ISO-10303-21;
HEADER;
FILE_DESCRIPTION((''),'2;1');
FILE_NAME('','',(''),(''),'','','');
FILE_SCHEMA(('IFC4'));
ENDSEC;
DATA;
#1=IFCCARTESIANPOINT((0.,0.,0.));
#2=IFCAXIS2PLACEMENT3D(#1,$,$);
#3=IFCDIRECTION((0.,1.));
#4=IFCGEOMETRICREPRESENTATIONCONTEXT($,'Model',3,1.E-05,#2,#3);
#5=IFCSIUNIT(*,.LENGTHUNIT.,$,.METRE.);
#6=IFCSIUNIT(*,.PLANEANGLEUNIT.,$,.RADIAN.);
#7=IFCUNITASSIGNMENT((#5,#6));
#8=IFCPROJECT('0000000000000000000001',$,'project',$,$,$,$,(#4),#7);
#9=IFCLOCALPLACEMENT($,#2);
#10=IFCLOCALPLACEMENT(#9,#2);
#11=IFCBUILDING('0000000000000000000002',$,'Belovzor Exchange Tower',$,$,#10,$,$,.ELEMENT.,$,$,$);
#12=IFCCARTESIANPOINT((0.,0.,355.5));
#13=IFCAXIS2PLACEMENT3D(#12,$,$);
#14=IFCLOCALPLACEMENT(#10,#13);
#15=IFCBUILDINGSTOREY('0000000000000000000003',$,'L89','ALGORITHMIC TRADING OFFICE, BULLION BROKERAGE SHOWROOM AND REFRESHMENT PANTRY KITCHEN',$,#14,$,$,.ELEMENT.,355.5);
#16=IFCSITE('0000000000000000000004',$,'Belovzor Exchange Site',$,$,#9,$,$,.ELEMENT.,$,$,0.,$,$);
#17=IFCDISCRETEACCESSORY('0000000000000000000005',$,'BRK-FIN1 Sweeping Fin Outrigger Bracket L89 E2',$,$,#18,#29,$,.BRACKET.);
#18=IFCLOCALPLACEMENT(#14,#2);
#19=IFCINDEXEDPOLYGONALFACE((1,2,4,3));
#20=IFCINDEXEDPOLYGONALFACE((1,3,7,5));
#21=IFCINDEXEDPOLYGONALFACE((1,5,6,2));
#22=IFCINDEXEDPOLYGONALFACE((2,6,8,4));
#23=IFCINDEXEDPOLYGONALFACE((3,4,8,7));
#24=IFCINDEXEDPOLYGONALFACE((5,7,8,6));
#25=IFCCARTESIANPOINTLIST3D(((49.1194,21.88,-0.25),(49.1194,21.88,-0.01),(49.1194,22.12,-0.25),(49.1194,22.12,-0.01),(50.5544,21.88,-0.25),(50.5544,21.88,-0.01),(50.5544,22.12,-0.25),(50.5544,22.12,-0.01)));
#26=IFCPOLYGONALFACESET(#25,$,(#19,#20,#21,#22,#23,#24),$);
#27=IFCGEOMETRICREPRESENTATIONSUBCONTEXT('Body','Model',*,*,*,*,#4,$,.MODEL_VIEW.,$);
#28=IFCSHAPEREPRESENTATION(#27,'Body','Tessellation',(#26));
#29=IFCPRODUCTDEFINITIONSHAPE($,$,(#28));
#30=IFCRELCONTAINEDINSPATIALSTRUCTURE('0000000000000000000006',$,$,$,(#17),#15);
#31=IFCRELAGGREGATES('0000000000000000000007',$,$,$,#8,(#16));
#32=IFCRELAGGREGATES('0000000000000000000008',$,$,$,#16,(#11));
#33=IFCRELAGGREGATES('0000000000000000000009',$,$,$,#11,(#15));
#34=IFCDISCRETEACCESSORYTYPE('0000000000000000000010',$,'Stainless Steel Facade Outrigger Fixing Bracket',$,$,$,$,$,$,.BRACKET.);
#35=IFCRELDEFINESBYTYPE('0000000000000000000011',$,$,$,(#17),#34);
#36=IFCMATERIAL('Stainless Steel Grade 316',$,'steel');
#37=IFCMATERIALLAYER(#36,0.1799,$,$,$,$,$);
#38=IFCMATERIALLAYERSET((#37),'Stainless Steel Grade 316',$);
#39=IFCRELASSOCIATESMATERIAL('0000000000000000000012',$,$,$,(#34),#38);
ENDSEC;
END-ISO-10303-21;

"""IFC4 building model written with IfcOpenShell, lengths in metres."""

from ifc_helpers import new_model, si_unit, direction, frame, origin, origin_2d, place, context, subcontext, project, spatial, rectangle, extrude, material, layer, layer_set, type_object, element, save


model = new_model("IFC4")

# Units and contexts
model_context = context("Model", 3, precision=1e-05, world=origin(), true_north=direction((0.0, 1.0)))
body_context = subcontext(model_context, "Body", "Model", "MODEL_VIEW")
ifc_project = project(units=[si_unit("LENGTHUNIT", "METRE"), si_unit("PLANEANGLEUNIT", "RADIAN")], contexts=[model_context])

# Site, building, storey
site_placement = place(None, origin())
site = spatial("IfcSite", under=ifc_project, at=site_placement, Name="Belovzor Exchange Site", CompositionType="ELEMENT", RefElevation=0.0)
building_placement = place(site_placement, origin())
building = spatial("IfcBuilding", under=site, at=building_placement, Name="Belovzor Exchange Tower", CompositionType="ELEMENT")
storey_placement = place(building_placement, frame((0.0, 0.0, 355.5)))
storey = spatial("IfcBuildingStorey", under=building, at=storey_placement, Name="L89", Description="ALGORITHMIC TRADING OFFICE, BULLION BROKERAGE SHOWROOM AND REFRESHMENT PANTRY KITCHEN", CompositionType="ELEMENT", Elevation=355.5)

# Discrete accessory
ifc_material_1 = material(Name="Stainless Steel Grade 316", Category="steel")
ifc_layer_1 = layer(ifc_material_1, 0.1799)
ifc_layer_set_1 = layer_set([ifc_layer_1], Name="Stainless Steel Grade 316")
discrete_accessory_type = type_object("IfcDiscreteAccessoryType", Name="Stainless Steel Facade Outrigger Fixing Bracket", PredefinedType="BRACKET", material=ifc_layer_set_1)
discrete_accessory_placement = place(storey_placement, frame((49.8369, 22.0, -0.25), z_axis=(0.0, 0.0, 1.0), x_axis=(1.0, 0.0, 0.0)))
element("IfcDiscreteAccessory", 1, at=discrete_accessory_placement, inside=storey, type_object=discrete_accessory_type, Name="BRK-FIN1 Sweeping Fin Outrigger Bracket L89 E2", PredefinedType="BRACKET", context=body_context, shape_type="SweptSolid", body=[
    extrude(rectangle(XDim=1.4351, YDim=0.24, at=origin_2d()), origin(), (0.0, 0.0, 1.0), 0.24),
])

save(model, "model.ifc")
